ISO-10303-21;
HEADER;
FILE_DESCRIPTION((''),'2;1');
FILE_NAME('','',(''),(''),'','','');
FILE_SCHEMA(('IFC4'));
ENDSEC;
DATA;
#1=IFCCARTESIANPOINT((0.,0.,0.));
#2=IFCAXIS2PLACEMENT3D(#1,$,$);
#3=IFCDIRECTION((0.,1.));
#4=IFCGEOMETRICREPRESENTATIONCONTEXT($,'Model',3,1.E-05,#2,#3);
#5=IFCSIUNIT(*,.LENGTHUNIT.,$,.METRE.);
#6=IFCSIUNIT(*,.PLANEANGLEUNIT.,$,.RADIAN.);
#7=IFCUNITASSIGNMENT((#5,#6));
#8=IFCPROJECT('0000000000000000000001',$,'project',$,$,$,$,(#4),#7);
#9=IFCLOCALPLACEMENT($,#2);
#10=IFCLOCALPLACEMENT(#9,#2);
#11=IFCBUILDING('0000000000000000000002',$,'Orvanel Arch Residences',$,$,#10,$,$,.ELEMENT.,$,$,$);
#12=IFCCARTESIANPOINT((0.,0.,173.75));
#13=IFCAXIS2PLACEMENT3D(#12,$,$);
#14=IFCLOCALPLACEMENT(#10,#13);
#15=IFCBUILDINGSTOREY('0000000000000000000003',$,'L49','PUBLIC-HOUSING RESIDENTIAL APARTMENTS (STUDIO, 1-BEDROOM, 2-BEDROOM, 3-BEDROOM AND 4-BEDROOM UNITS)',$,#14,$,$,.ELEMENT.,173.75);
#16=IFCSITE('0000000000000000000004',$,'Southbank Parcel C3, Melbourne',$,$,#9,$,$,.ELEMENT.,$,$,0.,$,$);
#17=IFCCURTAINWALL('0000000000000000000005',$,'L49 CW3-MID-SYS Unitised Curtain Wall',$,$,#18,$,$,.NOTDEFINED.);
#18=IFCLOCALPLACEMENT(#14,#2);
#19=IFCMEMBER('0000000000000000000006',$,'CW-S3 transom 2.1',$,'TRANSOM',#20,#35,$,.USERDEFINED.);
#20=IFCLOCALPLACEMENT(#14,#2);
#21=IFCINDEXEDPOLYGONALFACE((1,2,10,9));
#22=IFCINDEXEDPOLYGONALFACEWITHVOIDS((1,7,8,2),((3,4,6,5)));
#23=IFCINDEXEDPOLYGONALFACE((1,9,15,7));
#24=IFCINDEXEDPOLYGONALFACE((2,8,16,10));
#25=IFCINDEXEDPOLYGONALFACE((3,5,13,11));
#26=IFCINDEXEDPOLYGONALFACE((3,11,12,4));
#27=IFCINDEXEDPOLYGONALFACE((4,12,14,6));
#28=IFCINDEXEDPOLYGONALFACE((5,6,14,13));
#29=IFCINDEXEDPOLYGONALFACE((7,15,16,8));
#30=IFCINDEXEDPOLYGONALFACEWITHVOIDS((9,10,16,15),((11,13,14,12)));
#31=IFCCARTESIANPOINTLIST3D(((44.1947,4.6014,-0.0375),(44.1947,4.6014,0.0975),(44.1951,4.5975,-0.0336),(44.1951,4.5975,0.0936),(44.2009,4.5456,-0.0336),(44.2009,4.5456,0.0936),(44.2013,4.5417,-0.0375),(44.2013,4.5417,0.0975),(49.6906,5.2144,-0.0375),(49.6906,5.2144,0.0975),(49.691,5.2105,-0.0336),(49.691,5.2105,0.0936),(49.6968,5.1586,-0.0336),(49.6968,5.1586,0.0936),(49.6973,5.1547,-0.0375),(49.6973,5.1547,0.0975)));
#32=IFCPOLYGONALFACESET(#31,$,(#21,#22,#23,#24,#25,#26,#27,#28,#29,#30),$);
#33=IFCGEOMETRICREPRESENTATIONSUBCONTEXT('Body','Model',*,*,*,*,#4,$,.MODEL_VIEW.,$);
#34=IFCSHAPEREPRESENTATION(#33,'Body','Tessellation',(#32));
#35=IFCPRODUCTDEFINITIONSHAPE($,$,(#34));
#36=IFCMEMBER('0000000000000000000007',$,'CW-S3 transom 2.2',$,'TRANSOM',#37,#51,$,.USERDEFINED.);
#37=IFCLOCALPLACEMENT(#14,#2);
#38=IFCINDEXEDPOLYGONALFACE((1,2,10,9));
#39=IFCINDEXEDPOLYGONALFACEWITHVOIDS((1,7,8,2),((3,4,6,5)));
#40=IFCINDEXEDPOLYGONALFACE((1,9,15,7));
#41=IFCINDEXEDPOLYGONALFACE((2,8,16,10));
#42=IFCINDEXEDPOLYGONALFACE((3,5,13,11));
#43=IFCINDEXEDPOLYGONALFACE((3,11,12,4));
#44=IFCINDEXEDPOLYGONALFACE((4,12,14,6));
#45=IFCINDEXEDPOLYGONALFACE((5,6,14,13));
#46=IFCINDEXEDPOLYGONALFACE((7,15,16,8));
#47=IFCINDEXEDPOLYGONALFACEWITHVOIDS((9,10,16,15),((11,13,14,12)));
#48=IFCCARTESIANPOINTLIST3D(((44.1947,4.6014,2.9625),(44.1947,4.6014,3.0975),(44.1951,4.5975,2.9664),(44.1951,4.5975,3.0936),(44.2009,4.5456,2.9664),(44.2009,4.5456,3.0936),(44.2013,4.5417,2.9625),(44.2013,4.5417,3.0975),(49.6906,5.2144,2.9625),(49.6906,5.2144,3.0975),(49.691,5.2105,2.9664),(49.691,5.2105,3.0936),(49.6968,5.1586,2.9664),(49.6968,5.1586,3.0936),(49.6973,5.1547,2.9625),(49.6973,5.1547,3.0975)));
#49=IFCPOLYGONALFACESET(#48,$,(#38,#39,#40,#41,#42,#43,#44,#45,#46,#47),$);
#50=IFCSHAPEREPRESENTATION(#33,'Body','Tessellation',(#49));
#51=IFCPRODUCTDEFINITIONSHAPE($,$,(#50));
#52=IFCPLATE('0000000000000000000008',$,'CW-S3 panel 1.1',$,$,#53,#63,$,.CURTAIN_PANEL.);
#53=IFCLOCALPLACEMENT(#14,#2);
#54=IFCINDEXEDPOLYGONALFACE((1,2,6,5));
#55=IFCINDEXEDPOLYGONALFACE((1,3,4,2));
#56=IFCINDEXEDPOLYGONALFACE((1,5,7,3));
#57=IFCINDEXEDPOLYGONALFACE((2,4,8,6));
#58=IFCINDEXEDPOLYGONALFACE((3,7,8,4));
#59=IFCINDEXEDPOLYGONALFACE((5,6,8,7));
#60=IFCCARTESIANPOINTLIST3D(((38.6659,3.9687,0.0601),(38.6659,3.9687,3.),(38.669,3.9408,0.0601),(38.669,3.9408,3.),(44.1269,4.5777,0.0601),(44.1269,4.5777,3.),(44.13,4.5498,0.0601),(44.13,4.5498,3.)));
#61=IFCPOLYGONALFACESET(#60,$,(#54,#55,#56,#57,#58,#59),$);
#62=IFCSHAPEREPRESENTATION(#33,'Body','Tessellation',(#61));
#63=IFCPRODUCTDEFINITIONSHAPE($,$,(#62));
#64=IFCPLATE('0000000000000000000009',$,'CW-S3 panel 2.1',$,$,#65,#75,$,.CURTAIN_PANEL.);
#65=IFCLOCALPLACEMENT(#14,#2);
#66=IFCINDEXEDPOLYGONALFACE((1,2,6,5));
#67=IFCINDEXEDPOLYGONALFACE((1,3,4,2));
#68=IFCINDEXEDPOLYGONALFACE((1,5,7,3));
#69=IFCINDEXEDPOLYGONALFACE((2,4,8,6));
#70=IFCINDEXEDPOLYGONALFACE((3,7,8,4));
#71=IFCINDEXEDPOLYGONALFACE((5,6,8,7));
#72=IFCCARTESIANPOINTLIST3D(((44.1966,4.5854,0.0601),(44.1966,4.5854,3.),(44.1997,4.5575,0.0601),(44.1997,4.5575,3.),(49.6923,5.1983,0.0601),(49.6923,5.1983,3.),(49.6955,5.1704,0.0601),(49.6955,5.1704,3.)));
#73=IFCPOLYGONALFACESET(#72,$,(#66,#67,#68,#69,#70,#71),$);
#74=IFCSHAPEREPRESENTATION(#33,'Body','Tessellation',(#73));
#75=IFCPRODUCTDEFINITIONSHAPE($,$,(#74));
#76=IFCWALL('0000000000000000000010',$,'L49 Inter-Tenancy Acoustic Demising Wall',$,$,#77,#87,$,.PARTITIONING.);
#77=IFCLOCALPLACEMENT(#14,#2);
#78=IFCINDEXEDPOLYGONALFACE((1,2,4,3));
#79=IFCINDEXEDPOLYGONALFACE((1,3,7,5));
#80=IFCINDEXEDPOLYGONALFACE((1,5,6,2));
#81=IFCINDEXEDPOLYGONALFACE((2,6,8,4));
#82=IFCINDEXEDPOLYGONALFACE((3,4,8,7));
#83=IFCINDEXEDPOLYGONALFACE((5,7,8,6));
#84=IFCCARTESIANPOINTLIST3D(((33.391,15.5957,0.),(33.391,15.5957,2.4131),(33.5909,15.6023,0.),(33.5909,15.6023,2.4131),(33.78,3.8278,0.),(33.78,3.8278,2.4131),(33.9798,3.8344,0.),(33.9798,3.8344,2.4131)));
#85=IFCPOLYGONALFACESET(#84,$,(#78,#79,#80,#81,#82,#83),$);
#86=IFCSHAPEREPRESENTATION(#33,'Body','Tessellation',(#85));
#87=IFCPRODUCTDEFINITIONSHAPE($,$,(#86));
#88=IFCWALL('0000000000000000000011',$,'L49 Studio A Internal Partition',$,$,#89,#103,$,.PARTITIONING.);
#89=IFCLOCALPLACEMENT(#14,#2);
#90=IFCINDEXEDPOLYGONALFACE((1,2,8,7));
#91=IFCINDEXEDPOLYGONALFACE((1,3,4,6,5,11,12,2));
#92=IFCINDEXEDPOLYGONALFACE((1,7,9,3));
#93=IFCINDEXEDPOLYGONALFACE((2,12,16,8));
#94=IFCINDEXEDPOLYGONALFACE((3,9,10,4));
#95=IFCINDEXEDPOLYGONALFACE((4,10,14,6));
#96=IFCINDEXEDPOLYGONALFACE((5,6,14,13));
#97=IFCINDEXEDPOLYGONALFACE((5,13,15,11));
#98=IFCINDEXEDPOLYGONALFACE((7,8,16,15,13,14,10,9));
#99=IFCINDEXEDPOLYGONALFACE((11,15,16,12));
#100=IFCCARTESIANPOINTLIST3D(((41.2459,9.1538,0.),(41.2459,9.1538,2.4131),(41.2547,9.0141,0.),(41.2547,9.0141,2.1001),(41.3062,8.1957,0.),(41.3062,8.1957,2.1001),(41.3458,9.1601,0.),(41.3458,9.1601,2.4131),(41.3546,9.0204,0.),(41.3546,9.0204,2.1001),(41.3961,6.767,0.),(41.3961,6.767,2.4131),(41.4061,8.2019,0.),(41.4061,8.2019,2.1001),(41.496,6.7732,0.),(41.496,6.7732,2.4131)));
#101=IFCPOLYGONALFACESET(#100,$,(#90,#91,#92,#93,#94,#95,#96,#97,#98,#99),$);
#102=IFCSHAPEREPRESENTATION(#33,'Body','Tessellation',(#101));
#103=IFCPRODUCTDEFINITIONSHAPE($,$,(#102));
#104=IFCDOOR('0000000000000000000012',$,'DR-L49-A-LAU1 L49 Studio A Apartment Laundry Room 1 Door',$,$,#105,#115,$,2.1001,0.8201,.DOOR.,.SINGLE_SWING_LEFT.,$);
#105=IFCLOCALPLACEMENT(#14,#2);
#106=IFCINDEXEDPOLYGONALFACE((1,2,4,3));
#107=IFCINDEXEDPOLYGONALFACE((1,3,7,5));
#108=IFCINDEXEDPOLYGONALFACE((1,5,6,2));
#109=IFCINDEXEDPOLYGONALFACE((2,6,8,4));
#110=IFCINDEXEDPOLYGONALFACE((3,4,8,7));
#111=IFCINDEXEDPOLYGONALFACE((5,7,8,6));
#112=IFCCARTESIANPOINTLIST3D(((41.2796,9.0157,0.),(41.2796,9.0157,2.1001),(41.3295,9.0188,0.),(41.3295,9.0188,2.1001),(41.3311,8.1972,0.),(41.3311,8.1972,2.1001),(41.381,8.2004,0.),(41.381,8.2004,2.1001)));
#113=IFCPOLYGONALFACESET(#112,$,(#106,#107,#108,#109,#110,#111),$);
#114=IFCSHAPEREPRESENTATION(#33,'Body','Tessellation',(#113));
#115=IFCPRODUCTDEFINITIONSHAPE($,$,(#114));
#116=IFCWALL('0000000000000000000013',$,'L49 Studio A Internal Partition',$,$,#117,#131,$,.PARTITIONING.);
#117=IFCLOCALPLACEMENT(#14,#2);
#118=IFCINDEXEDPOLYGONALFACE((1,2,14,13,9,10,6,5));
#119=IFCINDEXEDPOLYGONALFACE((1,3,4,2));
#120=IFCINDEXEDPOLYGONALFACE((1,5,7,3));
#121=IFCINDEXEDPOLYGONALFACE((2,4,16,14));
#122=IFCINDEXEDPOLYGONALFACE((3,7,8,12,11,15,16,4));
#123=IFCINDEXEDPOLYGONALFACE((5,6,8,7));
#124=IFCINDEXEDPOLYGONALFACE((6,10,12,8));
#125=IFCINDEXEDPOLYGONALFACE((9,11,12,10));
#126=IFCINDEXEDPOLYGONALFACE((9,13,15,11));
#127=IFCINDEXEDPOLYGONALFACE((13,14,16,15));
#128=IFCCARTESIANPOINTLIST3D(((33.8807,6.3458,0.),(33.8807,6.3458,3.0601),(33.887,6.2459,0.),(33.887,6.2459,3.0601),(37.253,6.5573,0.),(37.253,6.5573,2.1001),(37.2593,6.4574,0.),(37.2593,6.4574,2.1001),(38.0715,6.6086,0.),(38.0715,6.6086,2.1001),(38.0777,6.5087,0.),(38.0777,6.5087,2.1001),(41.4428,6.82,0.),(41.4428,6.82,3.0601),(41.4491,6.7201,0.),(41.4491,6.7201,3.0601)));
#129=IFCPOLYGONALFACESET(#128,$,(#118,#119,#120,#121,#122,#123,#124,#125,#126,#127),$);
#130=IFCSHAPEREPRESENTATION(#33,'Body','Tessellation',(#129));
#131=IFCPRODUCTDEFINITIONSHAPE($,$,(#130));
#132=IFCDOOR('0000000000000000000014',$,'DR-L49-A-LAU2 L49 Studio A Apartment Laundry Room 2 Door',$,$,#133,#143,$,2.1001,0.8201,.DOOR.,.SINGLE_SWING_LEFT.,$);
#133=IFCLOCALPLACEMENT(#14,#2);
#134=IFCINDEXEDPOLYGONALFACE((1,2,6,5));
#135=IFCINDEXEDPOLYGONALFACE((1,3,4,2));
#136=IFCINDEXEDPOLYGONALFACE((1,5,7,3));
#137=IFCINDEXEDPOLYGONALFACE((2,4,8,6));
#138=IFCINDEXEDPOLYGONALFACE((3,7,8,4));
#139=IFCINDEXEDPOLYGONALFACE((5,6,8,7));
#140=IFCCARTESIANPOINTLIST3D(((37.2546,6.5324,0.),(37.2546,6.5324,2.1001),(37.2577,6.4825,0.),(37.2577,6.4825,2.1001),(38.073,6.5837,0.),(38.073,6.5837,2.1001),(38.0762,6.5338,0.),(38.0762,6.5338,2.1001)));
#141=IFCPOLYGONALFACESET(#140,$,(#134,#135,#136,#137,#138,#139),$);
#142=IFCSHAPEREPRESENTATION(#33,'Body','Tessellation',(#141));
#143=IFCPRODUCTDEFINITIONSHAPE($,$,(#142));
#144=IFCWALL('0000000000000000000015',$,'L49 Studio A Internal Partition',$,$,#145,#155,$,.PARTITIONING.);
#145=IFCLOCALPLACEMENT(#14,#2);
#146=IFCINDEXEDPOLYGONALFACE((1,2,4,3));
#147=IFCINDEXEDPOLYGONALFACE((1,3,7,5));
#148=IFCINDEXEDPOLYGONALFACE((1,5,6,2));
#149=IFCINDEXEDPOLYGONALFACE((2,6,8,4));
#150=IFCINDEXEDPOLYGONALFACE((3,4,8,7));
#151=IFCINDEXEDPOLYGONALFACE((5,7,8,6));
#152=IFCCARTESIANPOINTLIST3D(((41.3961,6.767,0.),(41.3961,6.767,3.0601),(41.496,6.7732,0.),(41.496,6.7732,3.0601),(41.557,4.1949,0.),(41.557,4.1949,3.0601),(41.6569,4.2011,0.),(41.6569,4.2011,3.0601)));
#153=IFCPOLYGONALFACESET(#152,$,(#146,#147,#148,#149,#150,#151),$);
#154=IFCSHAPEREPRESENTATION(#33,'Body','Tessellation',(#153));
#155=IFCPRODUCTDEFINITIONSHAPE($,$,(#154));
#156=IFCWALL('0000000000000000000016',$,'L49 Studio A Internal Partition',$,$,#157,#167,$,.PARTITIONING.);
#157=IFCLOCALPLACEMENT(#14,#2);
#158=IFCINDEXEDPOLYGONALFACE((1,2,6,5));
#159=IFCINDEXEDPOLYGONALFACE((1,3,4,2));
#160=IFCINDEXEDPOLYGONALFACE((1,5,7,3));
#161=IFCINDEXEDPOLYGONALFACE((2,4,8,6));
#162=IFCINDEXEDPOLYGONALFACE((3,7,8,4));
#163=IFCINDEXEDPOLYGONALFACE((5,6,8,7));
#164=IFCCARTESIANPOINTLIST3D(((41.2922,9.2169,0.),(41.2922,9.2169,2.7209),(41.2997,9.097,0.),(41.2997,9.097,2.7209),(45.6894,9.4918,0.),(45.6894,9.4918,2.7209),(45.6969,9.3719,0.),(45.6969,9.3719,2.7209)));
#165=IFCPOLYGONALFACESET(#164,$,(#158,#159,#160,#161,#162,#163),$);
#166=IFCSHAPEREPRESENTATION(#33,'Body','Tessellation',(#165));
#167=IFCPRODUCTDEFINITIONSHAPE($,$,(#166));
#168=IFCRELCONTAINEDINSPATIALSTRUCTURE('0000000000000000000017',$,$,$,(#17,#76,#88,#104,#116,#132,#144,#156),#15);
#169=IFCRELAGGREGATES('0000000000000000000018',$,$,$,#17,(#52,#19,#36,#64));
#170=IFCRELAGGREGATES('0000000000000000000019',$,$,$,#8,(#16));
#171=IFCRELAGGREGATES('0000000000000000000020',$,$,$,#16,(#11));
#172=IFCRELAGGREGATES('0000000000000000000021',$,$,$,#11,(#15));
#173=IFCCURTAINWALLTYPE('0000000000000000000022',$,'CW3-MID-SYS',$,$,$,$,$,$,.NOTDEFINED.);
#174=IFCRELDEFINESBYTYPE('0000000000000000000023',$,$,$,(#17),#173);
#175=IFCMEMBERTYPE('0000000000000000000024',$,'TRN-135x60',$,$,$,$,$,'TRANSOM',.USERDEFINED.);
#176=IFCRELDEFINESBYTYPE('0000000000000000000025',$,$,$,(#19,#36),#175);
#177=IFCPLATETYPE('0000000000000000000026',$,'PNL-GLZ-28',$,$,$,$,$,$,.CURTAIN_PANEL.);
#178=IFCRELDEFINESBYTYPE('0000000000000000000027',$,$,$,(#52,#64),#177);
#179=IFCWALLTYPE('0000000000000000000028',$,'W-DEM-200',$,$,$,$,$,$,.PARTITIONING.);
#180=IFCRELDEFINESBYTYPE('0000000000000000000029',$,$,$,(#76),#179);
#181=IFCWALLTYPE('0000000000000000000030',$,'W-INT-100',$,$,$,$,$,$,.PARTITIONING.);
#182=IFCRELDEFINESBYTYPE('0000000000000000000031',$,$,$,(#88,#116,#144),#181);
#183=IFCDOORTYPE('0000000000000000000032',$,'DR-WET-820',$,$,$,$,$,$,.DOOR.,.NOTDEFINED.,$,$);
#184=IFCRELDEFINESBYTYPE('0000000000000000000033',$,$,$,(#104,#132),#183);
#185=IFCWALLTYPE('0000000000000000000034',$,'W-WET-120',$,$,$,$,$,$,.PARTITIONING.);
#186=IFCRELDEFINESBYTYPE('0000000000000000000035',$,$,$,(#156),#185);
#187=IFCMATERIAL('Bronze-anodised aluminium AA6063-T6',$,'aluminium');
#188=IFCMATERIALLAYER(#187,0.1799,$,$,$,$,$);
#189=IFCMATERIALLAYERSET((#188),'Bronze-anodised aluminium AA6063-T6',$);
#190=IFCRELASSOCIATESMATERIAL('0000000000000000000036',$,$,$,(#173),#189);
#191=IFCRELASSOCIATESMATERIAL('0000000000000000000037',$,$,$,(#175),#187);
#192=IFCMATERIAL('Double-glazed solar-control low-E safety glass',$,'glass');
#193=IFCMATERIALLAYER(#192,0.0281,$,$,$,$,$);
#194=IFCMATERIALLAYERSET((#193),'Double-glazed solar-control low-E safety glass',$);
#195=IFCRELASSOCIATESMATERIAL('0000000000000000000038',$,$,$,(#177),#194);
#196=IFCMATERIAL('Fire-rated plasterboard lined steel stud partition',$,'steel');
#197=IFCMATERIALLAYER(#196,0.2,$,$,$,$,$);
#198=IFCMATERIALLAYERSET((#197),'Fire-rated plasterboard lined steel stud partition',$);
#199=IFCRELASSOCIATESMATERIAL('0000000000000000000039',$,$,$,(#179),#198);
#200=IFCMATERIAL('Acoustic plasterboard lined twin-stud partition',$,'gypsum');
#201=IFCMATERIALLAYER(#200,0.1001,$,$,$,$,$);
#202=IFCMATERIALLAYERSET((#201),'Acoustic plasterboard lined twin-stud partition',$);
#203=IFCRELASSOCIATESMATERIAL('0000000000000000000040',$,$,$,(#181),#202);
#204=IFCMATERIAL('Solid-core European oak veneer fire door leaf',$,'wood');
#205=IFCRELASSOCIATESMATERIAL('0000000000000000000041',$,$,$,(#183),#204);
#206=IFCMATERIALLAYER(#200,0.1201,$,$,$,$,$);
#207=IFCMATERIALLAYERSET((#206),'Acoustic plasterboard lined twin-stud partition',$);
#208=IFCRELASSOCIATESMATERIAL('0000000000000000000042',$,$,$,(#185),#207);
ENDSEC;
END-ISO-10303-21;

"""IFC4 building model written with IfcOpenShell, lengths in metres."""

from ifc_helpers import new_model, si_unit, direction, frame, frame_2d, origin, origin_2d, place, context, subcontext, project, spatial, rectangle, hollow_rectangle, extrude, material, layer, layer_set, material_profile, profile_set, type_object, element, fill, aggregate, save


model = new_model("IFC4")

# Units and contexts
model_context = context("Model", 3, precision=1e-05, world=origin(), true_north=direction((0.0, 1.0)))
body_context = subcontext(model_context, "Body", "Model", "MODEL_VIEW")
ifc_project = project(units=[si_unit("LENGTHUNIT", "METRE"), si_unit("PLANEANGLEUNIT", "RADIAN")], contexts=[model_context])

# Site, building, storey
site_placement = place(None, origin())
site = spatial("IfcSite", under=ifc_project, at=site_placement, Name="Southbank Parcel C3, Melbourne", CompositionType="ELEMENT", RefElevation=0.0)
building_placement = place(site_placement, origin())
building = spatial("IfcBuilding", under=site, at=building_placement, Name="Orvanel Arch Residences", CompositionType="ELEMENT")
storey_placement = place(building_placement, frame((0.0, 0.0, 173.75)))
storey = spatial("IfcBuildingStorey", under=building, at=storey_placement, Name="L49", Description="PUBLIC-HOUSING RESIDENTIAL APARTMENTS (STUDIO, 1-BEDROOM, 2-BEDROOM, 3-BEDROOM AND 4-BEDROOM UNITS)", CompositionType="ELEMENT", Elevation=173.75)

# Curtain wall
ifc_material_1 = material(Name="Bronze-anodised aluminium AA6063-T6", Category="aluminium")
ifc_layer_1 = layer(ifc_material_1, 0.1799)
ifc_layer_set_1 = layer_set([ifc_layer_1], Name="Bronze-anodised aluminium AA6063-T6")
curtain_wall_type = type_object("IfcCurtainWallType", Name="CW3-MID-SYS", PredefinedType="NOTDEFINED", material=ifc_layer_set_1)
curtain_wall_placement = place(storey_placement, origin())
curtain_wall = element("IfcCurtainWall", 1, at=curtain_wall_placement, inside=storey, type_object=curtain_wall_type, Name="L49 CW3-MID-SYS Unitised Curtain Wall", PredefinedType="NOTDEFINED")

# Members
ifc_material_profile_1 = material_profile(ifc_material_1, hollow_rectangle(XDim=0.0601, YDim=0.135, WallThickness=0.0039, at=origin_2d()), Name="ALU135x60x4")
ifc_profile_set_1 = profile_set([ifc_material_profile_1], Name="Bronze-anodised aluminium AA6063-T6")
member_type_1 = type_object("IfcMemberType", Name="TRN-135x60", ElementType="TRANSOM", PredefinedType="USERDEFINED", material=ifc_profile_set_1)
member_1_placement = place(storey_placement, frame((44.198, 4.5715, 0.03), z_axis=(0.993836, 0.110858, 0.0), x_axis=(-0.110858, 0.993836, 0.0)))
member_1 = element("IfcMember", 2, at=member_1_placement, type_object=member_type_1, Name="CW-S3 transom 2.1", ObjectType="TRANSOM", PredefinedType="USERDEFINED", context=body_context, shape_type="SweptSolid", body=[
    extrude(hollow_rectangle(XDim=0.0601, YDim=0.135, WallThickness=0.0039, at=origin_2d()), origin(), (0.0, 0.0, 1.0), 5.53),
])
member_2_placement = place(storey_placement, frame((44.198, 4.5715, 3.03), z_axis=(0.993836, 0.110858, 0.0), x_axis=(-0.110858, 0.993836, 0.0)))
member_2 = element("IfcMember", 3, at=member_2_placement, type_object=member_type_1, Name="CW-S3 transom 2.2", ObjectType="TRANSOM", PredefinedType="USERDEFINED", context=body_context, shape_type="SweptSolid", body=[
    extrude(hollow_rectangle(XDim=0.0601, YDim=0.135, WallThickness=0.0039, at=origin_2d()), origin(), (0.0, 0.0, 1.0), 5.53),
])

# Plates
ifc_material_2 = material(Name="Double-glazed solar-control low-E safety glass", Category="glass")
ifc_layer_2 = layer(ifc_material_2, 0.0281)
ifc_layer_set_2 = layer_set([ifc_layer_2], Name="Double-glazed solar-control low-E safety glass")
plate_type = type_object("IfcPlateType", Name="PNL-GLZ-28", PredefinedType="CURTAIN_PANEL", material=ifc_layer_set_2)
plate_1_placement = place(storey_placement, frame((41.3979, 4.2593, 0.0601), z_axis=(0.0, 0.0, 1.0), x_axis=(0.993839, 0.110837, 0.0)))
plate_1 = element("IfcPlate", 4, at=plate_1_placement, type_object=plate_type, Name="CW-S3 panel 1.1", PredefinedType="CURTAIN_PANEL", context=body_context, shape_type="SweptSolid", body=[
    extrude(rectangle(XDim=5.4949, YDim=0.0281, at=origin_2d()), origin(), (0.0, 0.0, 1.0), 2.9399),
])
plate_2_placement = place(storey_placement, frame((46.946, 4.8779, 0.0601), z_axis=(0.0, 0.0, 1.0), x_axis=(0.993839, 0.110837, 0.0)))
plate_2 = element("IfcPlate", 5, at=plate_2_placement, type_object=plate_type, Name="CW-S3 panel 2.1", PredefinedType="CURTAIN_PANEL", context=body_context, shape_type="SweptSolid", body=[
    extrude(rectangle(XDim=5.5298, YDim=0.0281, at=origin_2d()), origin(), (0.0, 0.0, 1.0), 2.9399),
])
aggregate(curtain_wall, [plate_1, member_1, member_2, plate_2])

# Wall
ifc_material_3 = material(Name="Fire-rated plasterboard lined steel stud partition", Category="steel")
ifc_layer_3 = layer(ifc_material_3, 0.2)
ifc_layer_set_3 = layer_set([ifc_layer_3], Name="Fire-rated plasterboard lined steel stud partition")
wall_type_1 = type_object("IfcWallType", Name="W-DEM-200", PredefinedType="PARTITIONING", material=ifc_layer_set_3)
wall_1_placement = place(storey_placement, frame((33.8799, 3.8311, 0.0), z_axis=(0.0, 0.0, 1.0), x_axis=(-0.03303, 0.999454, 0.0)))
element("IfcWall", 6, at=wall_1_placement, inside=storey, type_object=wall_type_1, Name="L49 Inter-Tenancy Acoustic Demising Wall", PredefinedType="PARTITIONING", context=body_context, shape_type="SweptSolid", body=[
    extrude(rectangle(XDim=11.7744, YDim=0.2, at=frame_2d((5.8872, 0.0))), origin(), (0.0, 0.0, 1.0), 2.4131),
])

# Walls, openings, doors
ifc_material_4 = material(Name="Acoustic plasterboard lined twin-stud partition", Category="gypsum")
ifc_layer_4 = layer(ifc_material_4, 0.1001)
ifc_layer_set_4 = layer_set([ifc_layer_4], Name="Acoustic plasterboard lined twin-stud partition")
wall_type_2 = type_object("IfcWallType", Name="W-INT-100", PredefinedType="PARTITIONING", material=ifc_layer_set_4)
wall_2_placement = place(storey_placement, frame((41.2959, 9.157, 0.0), z_axis=(0.0, 0.0, 1.0), x_axis=(0.062779, -0.998027, 0.0)))
wall_2 = element("IfcWall", 7, at=wall_2_placement, inside=storey, type_object=wall_type_2, Name="L49 Studio A Internal Partition", PredefinedType="PARTITIONING", context=body_context, shape_type="SweptSolid", body=[
    extrude(rectangle(XDim=2.3916, YDim=0.1001, at=frame_2d((1.1958, 0.0))), origin(), (0.0, 0.0, 1.0), 2.4131),
])
opening_1_placement = place(wall_2_placement, frame((0.1399, 0.0, 0.0)))
opening_1 = element("IfcOpeningElement", 8, at=opening_1_placement, cuts=wall_2, PredefinedType="OPENING", context=body_context, shape_type="SweptSolid", body=[
    extrude(rectangle(XDim=0.8201, YDim=2.1001, at=frame_2d((0.4102, 1.05))), frame((0.0, 0.0601, 0.0), z_axis=(0.0, -1.0, 0.0), x_axis=(1.0, 0.0, 0.0)), (0.0, 0.0, 1.0), 0.1201),
])
ifc_material_5 = material(Name="Solid-core European oak veneer fire door leaf", Category="wood")
door_type = type_object("IfcDoorType", Name="DR-WET-820", OperationType="NOTDEFINED", PredefinedType="DOOR", material=ifc_material_5)
door_1_placement = place(opening_1_placement, origin())
door_1 = element("IfcDoor", 9, at=door_1_placement, inside=storey, type_object=door_type, Name="DR-L49-A-LAU1 L49 Studio A Apartment Laundry Room 1 Door", OperationType="SINGLE_SWING_LEFT", OverallHeight=2.1001, OverallWidth=0.8201, PredefinedType="DOOR", context=body_context, shape_type="SweptSolid", body=[
    extrude(rectangle(XDim=0.8201, YDim=2.1001, at=frame_2d((0.4102, 1.05))), frame((0.0, 0.0249, 0.0), z_axis=(0.0, -1.0, 0.0), x_axis=(1.0, 0.0, 0.0)), (0.0, 0.0, 1.0), 0.05),
])
fill(opening_1, door_1)
wall_3_placement = place(storey_placement, frame((41.446, 6.77, 0.0), z_axis=(0.0, 0.0, 1.0), x_axis=(-0.99804, -0.062575, 0.0)))
wall_3 = element("IfcWall", 10, at=wall_3_placement, inside=storey, type_object=wall_type_2, Name="L49 Studio A Internal Partition", PredefinedType="PARTITIONING", context=body_context, shape_type="SweptSolid", body=[
    extrude(rectangle(XDim=7.5769, YDim=0.1001, at=frame_2d((3.7886, 0.0))), origin(), (0.0, 0.0, 1.0), 3.0601),
])
opening_2_placement = place(wall_3_placement, frame((3.3779, 0.0, 0.0)))
opening_2 = element("IfcOpeningElement", 11, at=opening_2_placement, cuts=wall_3, PredefinedType="OPENING", context=body_context, shape_type="SweptSolid", body=[
    extrude(rectangle(XDim=0.8201, YDim=2.1001, at=frame_2d((0.4102, 1.05))), frame((0.0, 0.0601, 0.0), z_axis=(0.0, -1.0, 0.0), x_axis=(1.0, 0.0, 0.0)), (0.0, 0.0, 1.0), 0.1201),
])
door_2_placement = place(opening_2_placement, origin())
door_2 = element("IfcDoor", 12, at=door_2_placement, inside=storey, type_object=door_type, Name="DR-L49-A-LAU2 L49 Studio A Apartment Laundry Room 2 Door", OperationType="SINGLE_SWING_LEFT", OverallHeight=2.1001, OverallWidth=0.8201, PredefinedType="DOOR", context=body_context, shape_type="SweptSolid", body=[
    extrude(rectangle(XDim=0.8201, YDim=2.1001, at=frame_2d((0.4102, 1.05))), frame((0.0, 0.0249, 0.0), z_axis=(0.0, -1.0, 0.0), x_axis=(1.0, 0.0, 0.0)), (0.0, 0.0, 1.0), 0.05),
])
fill(opening_2, door_2)

# Walls
wall_4_placement = place(storey_placement, frame((41.6069, 4.198, 0.0), z_axis=(0.0, 0.0, 1.0), x_axis=(-0.062431, 0.998049, 0.0)))
element("IfcWall", 13, at=wall_4_placement, inside=storey, type_object=wall_type_2, Name="L49 Studio A Internal Partition", PredefinedType="PARTITIONING", context=body_context, shape_type="SweptSolid", body=[
    extrude(rectangle(XDim=2.5771, YDim=0.1001, at=frame_2d((1.2886, 0.0))), origin(), (0.0, 0.0, 1.0), 3.0601),
])
ifc_layer_5 = layer(ifc_material_4, 0.1201)
ifc_layer_set_5 = layer_set([ifc_layer_5], Name="Acoustic plasterboard lined twin-stud partition")
wall_type_3 = type_object("IfcWallType", Name="W-WET-120", PredefinedType="PARTITIONING", material=ifc_layer_set_5)
wall_5_placement = place(storey_placement, frame((45.6931, 9.4319, 0.0), z_axis=(0.0, 0.0, 1.0), x_axis=(-0.998052, -0.062396, 0.0)))
element("IfcWall", 14, at=wall_5_placement, inside=storey, type_object=wall_type_3, Name="L49 Studio A Internal Partition", PredefinedType="PARTITIONING", context=body_context, shape_type="SweptSolid", body=[
    extrude(rectangle(XDim=4.4058, YDim=0.1201, at=frame_2d((2.2029, 0.0))), origin(), (0.0, 0.0, 1.0), 2.7209),
])

save(model, "model.ifc")
